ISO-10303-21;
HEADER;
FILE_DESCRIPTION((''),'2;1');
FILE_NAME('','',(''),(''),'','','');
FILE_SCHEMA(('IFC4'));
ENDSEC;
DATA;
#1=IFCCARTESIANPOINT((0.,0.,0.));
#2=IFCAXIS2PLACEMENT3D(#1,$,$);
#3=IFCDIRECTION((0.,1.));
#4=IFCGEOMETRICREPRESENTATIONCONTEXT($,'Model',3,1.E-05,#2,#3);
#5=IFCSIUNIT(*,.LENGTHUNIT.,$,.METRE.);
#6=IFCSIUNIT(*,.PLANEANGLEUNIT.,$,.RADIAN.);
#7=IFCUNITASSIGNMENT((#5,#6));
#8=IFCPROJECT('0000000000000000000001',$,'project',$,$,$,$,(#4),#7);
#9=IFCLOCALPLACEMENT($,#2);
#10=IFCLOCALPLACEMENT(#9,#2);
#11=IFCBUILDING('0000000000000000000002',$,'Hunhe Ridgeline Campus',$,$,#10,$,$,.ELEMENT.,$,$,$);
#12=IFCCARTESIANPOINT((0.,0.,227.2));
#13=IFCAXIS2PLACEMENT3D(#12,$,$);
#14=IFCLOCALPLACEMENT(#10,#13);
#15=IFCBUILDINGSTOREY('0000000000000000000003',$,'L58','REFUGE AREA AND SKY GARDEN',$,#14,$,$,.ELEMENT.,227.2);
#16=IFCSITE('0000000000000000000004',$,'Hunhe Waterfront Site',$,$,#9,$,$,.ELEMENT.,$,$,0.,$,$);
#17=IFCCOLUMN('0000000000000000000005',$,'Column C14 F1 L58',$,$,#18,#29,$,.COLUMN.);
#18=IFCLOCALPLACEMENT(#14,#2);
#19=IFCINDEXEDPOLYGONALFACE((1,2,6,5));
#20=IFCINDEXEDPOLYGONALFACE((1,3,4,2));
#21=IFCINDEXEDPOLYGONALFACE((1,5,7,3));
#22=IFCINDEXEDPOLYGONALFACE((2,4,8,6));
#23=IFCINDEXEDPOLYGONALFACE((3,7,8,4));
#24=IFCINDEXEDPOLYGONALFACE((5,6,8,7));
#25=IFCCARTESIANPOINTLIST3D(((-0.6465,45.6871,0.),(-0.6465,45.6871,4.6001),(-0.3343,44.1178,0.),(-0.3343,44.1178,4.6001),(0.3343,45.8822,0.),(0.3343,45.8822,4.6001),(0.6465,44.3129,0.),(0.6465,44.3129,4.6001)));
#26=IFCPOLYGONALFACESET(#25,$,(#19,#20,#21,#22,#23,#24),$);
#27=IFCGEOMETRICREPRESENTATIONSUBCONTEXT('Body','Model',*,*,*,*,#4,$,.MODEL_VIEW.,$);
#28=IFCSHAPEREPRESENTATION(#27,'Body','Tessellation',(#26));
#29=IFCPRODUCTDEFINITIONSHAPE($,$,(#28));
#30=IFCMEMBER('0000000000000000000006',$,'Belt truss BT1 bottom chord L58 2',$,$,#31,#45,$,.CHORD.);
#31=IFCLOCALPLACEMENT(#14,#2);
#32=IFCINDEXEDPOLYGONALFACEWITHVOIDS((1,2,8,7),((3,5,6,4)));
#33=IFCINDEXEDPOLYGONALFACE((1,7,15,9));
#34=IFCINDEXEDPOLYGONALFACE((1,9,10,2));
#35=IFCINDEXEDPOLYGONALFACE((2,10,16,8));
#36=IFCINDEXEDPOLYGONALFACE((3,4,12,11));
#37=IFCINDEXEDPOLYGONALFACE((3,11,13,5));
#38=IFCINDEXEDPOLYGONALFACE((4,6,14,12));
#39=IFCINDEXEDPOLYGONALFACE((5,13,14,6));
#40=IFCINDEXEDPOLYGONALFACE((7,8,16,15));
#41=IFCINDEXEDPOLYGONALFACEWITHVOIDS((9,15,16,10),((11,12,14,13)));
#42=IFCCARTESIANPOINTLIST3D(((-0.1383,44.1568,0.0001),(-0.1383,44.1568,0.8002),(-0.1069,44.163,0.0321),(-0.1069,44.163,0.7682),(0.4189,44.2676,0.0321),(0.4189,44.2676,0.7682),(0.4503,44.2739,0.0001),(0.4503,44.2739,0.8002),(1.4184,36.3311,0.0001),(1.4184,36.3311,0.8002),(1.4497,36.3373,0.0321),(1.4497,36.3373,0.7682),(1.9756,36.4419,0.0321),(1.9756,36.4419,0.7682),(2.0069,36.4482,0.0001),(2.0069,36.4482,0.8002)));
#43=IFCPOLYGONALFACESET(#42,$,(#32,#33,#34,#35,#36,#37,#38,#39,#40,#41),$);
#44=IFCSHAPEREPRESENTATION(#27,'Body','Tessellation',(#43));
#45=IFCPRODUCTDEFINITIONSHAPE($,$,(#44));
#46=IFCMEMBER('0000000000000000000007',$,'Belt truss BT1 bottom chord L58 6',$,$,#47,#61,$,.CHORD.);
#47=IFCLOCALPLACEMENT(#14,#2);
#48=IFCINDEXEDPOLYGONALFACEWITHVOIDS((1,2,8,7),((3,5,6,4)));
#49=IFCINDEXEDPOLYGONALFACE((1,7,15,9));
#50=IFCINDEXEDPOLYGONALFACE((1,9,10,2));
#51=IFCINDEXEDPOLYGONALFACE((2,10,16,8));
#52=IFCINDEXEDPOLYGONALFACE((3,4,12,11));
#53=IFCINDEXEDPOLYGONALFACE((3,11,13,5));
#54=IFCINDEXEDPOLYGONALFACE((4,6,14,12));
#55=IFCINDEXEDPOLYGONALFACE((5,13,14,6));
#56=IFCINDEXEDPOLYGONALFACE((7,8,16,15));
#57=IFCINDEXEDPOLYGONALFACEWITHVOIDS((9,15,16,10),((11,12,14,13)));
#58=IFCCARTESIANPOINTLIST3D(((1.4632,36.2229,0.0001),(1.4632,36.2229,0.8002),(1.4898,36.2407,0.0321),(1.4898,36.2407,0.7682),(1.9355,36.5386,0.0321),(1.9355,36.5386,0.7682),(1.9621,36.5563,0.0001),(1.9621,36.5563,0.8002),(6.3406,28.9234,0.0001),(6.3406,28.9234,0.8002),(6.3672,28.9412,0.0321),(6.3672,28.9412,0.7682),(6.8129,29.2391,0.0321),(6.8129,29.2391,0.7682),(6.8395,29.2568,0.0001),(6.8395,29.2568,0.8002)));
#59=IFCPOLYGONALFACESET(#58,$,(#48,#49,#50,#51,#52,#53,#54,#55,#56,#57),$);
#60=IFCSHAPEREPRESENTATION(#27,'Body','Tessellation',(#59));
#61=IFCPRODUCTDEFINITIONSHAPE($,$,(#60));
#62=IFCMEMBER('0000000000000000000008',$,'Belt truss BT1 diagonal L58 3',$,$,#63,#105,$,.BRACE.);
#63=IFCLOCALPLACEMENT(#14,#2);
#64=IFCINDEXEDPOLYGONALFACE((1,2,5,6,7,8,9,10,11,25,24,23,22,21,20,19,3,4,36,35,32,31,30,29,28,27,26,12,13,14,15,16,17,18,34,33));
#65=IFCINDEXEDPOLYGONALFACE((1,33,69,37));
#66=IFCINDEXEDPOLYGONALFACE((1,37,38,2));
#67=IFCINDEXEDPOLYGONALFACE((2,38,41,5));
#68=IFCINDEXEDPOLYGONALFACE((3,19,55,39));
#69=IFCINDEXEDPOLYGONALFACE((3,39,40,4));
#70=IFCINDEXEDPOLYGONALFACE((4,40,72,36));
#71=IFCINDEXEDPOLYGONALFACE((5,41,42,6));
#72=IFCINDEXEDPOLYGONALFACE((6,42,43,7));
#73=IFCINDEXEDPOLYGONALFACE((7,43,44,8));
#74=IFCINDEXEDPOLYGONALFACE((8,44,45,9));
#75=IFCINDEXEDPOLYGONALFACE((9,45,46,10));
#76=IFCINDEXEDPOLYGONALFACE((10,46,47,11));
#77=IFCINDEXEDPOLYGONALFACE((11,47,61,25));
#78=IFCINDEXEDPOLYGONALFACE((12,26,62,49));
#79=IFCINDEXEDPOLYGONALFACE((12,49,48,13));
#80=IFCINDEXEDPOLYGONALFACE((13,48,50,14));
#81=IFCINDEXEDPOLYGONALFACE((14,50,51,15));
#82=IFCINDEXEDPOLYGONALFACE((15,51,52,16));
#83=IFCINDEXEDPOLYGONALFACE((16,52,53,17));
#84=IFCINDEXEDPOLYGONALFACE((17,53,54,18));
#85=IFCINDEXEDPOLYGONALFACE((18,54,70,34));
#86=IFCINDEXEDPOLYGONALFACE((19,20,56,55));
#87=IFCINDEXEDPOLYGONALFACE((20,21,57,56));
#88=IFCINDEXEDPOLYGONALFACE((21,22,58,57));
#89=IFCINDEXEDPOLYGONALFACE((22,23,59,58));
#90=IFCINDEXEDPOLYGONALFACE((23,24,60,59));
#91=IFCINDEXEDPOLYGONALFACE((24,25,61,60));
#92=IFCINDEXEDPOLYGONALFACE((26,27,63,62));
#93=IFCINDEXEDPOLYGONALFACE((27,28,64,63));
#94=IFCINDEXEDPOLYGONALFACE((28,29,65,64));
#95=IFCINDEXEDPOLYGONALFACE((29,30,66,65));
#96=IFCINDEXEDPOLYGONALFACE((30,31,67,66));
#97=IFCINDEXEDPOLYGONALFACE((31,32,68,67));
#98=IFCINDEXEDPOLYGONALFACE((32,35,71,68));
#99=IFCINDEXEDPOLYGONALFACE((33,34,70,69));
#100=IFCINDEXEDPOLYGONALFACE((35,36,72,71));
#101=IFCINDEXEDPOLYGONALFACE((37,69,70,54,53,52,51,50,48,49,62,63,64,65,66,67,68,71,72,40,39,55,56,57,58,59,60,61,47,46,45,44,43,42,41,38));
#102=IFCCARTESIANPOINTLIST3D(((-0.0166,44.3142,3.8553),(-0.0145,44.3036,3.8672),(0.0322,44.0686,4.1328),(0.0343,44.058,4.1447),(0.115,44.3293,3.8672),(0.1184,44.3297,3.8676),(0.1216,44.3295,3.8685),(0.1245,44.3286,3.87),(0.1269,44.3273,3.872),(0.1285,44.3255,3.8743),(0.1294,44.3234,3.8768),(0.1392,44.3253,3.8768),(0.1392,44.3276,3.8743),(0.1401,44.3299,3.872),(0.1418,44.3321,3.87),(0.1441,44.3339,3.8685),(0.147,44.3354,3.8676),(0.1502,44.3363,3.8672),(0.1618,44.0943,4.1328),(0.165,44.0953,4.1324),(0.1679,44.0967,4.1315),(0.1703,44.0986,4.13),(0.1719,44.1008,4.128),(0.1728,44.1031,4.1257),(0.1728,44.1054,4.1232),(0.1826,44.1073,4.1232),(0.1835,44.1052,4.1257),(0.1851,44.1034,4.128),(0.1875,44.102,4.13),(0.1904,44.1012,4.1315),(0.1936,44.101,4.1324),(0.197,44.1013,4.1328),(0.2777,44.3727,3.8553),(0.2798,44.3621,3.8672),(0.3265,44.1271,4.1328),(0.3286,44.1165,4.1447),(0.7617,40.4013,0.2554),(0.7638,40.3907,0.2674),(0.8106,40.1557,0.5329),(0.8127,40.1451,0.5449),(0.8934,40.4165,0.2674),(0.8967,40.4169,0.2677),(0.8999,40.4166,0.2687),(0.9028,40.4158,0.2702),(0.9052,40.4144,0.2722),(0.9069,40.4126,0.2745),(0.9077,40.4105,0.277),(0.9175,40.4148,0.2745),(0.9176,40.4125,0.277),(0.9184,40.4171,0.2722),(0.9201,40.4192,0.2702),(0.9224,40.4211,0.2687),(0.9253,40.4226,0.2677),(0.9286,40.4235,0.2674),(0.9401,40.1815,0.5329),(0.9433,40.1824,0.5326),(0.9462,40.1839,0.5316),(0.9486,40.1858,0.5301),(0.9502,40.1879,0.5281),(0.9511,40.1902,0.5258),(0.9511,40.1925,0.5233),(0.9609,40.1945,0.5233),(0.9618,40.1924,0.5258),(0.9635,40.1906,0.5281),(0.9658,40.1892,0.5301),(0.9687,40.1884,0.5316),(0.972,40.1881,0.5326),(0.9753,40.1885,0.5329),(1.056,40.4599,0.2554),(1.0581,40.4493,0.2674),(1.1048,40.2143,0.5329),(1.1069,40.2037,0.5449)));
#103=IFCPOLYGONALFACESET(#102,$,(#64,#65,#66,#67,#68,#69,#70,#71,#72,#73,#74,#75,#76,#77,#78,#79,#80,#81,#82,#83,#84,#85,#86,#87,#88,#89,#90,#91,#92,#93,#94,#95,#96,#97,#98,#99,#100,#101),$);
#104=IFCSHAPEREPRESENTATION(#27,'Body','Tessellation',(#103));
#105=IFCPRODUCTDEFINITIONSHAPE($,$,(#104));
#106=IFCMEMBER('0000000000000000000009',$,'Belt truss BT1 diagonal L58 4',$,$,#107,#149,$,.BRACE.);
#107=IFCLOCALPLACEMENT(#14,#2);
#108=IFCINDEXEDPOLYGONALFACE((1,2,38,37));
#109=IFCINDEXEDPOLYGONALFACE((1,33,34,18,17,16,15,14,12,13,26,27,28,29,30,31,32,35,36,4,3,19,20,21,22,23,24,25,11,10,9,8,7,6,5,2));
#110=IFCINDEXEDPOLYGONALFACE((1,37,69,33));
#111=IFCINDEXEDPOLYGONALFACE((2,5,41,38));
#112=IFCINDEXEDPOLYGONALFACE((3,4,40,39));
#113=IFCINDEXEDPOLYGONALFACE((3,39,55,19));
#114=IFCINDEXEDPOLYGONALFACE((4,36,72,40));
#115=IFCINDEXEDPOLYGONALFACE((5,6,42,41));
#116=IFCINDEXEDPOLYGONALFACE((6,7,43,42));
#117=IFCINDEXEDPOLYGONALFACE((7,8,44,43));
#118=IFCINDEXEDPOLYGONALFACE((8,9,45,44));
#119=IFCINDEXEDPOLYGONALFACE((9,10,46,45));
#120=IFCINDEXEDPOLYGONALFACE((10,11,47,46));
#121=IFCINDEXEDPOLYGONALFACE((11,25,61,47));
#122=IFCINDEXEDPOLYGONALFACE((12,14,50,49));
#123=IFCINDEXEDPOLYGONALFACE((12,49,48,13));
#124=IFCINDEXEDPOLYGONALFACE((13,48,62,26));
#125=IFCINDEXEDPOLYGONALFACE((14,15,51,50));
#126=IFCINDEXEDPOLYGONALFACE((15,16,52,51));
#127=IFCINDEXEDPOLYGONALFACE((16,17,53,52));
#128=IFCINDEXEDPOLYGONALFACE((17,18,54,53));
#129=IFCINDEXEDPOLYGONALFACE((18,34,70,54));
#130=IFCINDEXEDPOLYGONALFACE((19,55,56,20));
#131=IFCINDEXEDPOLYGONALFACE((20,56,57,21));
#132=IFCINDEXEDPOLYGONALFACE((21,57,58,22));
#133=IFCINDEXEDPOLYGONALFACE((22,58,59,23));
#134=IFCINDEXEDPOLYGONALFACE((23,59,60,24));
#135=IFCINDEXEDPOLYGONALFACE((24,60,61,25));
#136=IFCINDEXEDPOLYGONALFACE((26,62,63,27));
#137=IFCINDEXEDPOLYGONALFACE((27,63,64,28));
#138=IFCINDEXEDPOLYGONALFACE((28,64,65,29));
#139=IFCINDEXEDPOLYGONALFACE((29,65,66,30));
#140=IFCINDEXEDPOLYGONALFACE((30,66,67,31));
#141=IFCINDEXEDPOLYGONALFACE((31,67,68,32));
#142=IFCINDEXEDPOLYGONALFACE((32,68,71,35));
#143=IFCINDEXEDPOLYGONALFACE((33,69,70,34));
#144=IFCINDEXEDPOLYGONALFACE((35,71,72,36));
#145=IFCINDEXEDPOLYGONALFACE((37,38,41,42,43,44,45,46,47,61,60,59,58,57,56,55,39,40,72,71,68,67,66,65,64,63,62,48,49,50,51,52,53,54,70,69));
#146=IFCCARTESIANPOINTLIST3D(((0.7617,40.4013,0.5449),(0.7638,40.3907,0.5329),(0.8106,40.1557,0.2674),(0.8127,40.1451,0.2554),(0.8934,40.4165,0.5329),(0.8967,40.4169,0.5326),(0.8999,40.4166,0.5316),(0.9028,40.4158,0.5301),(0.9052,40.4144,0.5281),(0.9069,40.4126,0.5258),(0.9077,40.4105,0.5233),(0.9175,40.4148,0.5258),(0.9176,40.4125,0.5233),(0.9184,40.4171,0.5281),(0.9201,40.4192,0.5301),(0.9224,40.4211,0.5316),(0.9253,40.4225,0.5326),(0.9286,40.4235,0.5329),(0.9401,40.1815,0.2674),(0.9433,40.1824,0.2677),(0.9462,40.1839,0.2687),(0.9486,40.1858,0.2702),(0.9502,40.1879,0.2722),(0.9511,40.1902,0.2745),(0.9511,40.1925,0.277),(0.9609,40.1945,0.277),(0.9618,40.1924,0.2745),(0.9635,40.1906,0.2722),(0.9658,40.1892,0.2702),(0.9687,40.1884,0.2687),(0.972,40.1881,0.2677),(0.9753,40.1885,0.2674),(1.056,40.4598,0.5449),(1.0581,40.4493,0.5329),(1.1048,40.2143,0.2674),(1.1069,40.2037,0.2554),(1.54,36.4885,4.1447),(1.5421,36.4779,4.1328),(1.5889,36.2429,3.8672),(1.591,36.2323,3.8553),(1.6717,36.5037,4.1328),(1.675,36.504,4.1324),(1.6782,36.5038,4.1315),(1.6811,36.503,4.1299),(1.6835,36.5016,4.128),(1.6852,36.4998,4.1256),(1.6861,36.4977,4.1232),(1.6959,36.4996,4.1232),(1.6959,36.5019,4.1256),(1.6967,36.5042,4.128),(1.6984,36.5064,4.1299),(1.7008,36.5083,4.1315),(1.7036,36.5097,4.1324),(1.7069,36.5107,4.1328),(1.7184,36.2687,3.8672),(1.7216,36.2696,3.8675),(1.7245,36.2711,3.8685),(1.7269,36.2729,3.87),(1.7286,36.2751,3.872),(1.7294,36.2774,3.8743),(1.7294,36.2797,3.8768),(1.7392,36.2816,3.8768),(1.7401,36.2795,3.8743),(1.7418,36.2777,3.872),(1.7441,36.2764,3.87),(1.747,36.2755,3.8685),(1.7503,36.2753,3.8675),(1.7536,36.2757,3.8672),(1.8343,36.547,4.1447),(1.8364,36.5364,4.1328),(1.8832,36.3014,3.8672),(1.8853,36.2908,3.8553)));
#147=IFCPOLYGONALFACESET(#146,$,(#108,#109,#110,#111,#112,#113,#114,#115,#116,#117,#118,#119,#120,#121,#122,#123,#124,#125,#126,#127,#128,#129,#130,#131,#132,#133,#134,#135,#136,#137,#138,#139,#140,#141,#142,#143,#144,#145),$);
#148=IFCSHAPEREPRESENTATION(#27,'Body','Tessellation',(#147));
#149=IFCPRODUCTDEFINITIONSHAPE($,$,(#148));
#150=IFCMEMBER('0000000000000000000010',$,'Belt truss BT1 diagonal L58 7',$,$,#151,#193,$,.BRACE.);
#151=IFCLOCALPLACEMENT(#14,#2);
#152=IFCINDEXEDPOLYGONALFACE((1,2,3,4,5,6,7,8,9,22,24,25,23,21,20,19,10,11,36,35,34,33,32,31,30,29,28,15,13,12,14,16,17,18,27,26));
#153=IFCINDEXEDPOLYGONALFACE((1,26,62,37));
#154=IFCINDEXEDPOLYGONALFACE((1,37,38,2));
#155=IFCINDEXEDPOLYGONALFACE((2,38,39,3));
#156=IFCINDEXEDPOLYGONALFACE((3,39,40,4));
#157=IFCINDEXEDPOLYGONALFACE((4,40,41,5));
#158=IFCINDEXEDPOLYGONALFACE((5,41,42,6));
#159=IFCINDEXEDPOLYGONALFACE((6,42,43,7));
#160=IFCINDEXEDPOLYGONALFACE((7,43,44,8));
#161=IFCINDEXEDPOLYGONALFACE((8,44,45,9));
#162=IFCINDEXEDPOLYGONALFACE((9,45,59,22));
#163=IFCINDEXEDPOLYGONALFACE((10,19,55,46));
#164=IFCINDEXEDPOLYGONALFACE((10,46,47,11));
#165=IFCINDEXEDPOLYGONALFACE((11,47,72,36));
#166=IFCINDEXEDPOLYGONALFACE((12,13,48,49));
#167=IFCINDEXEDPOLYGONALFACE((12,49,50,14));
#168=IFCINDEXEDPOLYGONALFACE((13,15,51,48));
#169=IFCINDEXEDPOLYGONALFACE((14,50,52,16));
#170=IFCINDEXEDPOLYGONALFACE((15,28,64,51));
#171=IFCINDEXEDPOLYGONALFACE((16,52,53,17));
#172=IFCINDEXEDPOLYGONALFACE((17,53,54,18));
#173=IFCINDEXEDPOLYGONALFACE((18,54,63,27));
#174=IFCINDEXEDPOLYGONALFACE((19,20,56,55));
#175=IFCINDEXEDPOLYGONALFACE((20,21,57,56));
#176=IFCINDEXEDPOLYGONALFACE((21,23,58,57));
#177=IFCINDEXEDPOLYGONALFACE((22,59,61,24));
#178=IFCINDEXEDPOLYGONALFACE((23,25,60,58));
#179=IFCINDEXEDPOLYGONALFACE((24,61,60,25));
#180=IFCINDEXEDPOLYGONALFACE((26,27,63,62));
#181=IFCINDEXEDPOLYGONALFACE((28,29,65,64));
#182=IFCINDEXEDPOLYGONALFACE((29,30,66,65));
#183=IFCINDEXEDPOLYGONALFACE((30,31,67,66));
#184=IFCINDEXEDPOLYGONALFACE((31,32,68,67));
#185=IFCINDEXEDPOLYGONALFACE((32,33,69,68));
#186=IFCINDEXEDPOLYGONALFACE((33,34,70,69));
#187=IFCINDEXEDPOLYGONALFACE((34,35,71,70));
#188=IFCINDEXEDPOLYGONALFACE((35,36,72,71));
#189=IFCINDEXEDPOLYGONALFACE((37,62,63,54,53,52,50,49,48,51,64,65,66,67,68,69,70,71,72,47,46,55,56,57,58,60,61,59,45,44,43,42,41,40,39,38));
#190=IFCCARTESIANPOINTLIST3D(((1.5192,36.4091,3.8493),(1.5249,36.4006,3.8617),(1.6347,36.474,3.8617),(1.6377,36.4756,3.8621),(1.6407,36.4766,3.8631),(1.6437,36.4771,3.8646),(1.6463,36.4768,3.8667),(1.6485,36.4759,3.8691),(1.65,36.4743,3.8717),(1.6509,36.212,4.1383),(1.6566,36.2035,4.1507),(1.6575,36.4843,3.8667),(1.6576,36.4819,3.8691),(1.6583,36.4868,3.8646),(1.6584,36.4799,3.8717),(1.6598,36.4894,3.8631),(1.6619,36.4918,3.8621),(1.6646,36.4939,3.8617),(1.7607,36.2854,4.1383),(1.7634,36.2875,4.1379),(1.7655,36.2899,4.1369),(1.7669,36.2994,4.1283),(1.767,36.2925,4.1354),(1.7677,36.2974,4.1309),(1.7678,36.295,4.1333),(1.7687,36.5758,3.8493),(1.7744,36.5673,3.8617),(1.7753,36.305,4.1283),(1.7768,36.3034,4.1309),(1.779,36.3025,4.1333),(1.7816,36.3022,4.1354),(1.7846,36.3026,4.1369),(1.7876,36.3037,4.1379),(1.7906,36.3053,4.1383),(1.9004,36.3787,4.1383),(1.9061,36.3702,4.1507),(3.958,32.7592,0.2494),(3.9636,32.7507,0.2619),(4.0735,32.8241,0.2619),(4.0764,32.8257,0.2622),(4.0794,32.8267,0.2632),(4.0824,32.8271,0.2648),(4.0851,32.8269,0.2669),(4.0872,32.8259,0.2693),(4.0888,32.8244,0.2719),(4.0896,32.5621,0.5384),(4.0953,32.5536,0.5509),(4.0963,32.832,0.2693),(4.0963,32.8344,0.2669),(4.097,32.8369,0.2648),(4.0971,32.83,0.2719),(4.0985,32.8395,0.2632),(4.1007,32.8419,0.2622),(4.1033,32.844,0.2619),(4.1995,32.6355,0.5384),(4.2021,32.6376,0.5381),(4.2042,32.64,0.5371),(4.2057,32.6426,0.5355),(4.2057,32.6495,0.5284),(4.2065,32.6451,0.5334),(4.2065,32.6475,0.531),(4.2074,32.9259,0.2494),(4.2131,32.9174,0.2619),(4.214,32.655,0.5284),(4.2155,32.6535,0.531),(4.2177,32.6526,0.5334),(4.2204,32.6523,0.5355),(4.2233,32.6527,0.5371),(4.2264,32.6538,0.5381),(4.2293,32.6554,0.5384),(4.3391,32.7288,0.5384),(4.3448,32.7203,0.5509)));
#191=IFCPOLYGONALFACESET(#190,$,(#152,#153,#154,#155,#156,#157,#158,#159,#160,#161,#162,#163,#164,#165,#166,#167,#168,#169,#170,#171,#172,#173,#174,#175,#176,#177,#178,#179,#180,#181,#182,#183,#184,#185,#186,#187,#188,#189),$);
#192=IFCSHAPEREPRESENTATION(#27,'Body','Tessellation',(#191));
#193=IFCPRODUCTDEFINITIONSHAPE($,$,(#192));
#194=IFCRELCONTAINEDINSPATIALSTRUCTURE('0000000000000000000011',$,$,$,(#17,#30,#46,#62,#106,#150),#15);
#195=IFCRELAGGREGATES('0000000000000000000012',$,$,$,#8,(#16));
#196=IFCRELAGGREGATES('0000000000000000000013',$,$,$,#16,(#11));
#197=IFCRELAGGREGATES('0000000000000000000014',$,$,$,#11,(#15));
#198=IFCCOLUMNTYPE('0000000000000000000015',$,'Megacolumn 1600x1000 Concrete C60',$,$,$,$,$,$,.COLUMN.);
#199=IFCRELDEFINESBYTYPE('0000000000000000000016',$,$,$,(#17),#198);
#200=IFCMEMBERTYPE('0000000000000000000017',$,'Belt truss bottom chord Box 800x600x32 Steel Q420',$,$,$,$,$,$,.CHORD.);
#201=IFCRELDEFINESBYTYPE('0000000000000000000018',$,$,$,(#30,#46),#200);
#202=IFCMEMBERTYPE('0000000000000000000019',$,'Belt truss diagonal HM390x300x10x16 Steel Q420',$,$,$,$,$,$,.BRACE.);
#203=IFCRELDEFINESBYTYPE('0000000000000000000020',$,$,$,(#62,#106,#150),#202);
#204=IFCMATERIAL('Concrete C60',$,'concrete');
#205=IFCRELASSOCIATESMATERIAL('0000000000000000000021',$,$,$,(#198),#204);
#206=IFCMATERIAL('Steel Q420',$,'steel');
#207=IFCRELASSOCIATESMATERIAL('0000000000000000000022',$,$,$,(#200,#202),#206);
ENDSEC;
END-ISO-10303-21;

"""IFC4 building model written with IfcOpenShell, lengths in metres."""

from ifc_helpers import new_model, si_unit, direction, frame, origin, origin_2d, place, context, subcontext, project, spatial, rectangle, hollow_rectangle, i_section, extrude, material, material_profile, profile_set, type_object, element, save


model = new_model("IFC4")

# Units and contexts
model_context = context("Model", 3, precision=1e-05, world=origin(), true_north=direction((0.0, 1.0)))
body_context = subcontext(model_context, "Body", "Model", "MODEL_VIEW")
ifc_project = project(units=[si_unit("LENGTHUNIT", "METRE"), si_unit("PLANEANGLEUNIT", "RADIAN")], contexts=[model_context])

# Site, building, storey
site_placement = place(None, origin())
site = spatial("IfcSite", under=ifc_project, at=site_placement, Name="Hunhe Waterfront Site", CompositionType="ELEMENT", RefElevation=0.0)
building_placement = place(site_placement, origin())
building = spatial("IfcBuilding", under=site, at=building_placement, Name="Hunhe Ridgeline Campus", CompositionType="ELEMENT")
storey_placement = place(building_placement, frame((0.0, 0.0, 227.2)))
storey = spatial("IfcBuildingStorey", under=building, at=storey_placement, Name="L58", Description="REFUGE AREA AND SKY GARDEN", CompositionType="ELEMENT", Elevation=227.2)

# Column
ifc_material_1 = material(Name="Concrete C60", Category="concrete")
ifc_material_profile_1 = material_profile(ifc_material_1, rectangle(XDim=1.6001, YDim=1.0, at=origin_2d()))
ifc_profile_set_1 = profile_set([ifc_material_profile_1], Name="Concrete C60")
column_type = type_object("IfcColumnType", Name="Megacolumn 1600x1000 Concrete C60", PredefinedType="COLUMN", material=ifc_profile_set_1)
column_placement = place(storey_placement, frame((0.0, 45.0, 0.0), z_axis=(0.0, 0.0, 1.0), x_axis=(-0.19509, 0.980785, 0.0)))
element("IfcColumn", 1, at=column_placement, inside=storey, type_object=column_type, Name="Column C14 F1 L58", PredefinedType="COLUMN", context=body_context, shape_type="SweptSolid", body=[
    extrude(rectangle(XDim=1.6001, YDim=1.0, at=origin_2d()), origin(), (0.0, 0.0, 1.0), 4.6001),
])

# Members
ifc_material_2 = material(Name="Steel Q420", Category="steel")
ifc_material_profile_2 = material_profile(ifc_material_2, hollow_rectangle(XDim=0.6001, YDim=0.8, WallThickness=0.032, at=origin_2d()))
ifc_profile_set_2 = profile_set([ifc_material_profile_2], Name="Steel Q420")
member_type_1 = type_object("IfcMemberType", Name="Belt truss bottom chord Box 800x600x32 Steel Q420", PredefinedType="CHORD", material=ifc_profile_set_2)
member_1_placement = place(storey_placement, frame((0.156, 44.2153, 0.4001), z_axis=(0.195092, -0.980785, 0.0), x_axis=(0.980785, 0.195092, 0.0)))
element("IfcMember", 2, at=member_1_placement, inside=storey, type_object=member_type_1, Name="Belt truss BT1 bottom chord L58 2", PredefinedType="CHORD", context=body_context, shape_type="SweptSolid", body=[
    extrude(hollow_rectangle(XDim=0.6001, YDim=0.8, WallThickness=0.032, at=origin_2d()), origin(), (0.0, 0.0, 1.0), 7.979),
])
member_2_placement = place(storey_placement, frame((1.7126, 36.3896, 0.4001), z_axis=(0.555573, -0.831468, 0.0), x_axis=(0.831468, 0.555573, 0.0)))
element("IfcMember", 3, at=member_2_placement, inside=storey, type_object=member_type_1, Name="Belt truss BT1 bottom chord L58 6", PredefinedType="CHORD", context=body_context, shape_type="SweptSolid", body=[
    extrude(hollow_rectangle(XDim=0.6001, YDim=0.8, WallThickness=0.032, at=origin_2d()), origin(), (0.0, 0.0, 1.0), 8.7791),
])
ifc_material_profile_3 = material_profile(ifc_material_2, i_section(OverallWidth=0.3, OverallDepth=0.3899, WebThickness=0.01, FlangeThickness=0.0161, FilletRadius=0.0129, at=origin_2d()))
ifc_profile_set_3 = profile_set([ifc_material_profile_3], Name="Steel Q420")
member_type_2 = type_object("IfcMemberType", Name="Belt truss diagonal HM390x300x10x16 Steel Q420", PredefinedType="BRACE", material=ifc_profile_set_3)
for number, where, z_axis, x_axis, name in (
    (4, (0.156, 44.2153, 4.0), (0.144843, -0.728167, -0.669921), (0.980785, 0.195092, 0.0), "Belt truss BT1 diagonal L58 3"),
    (5, (0.9343, 40.3025, 0.4001), (0.144843, -0.728167, 0.669921), (0.980785, 0.195092, 0.0), "Belt truss BT1 diagonal L58 4"),
):
    element("IfcMember", number, at=place(storey_placement, frame(where, z_axis=z_axis, x_axis=x_axis)), inside=storey, type_object=member_type_2, Name=name, PredefinedType="BRACE", context=body_context, shape_type="SweptSolid", body=[
        extrude(i_section(OverallWidth=0.3, OverallDepth=0.3899, WebThickness=0.01, FlangeThickness=0.0161, FilletRadius=0.0129, at=origin_2d()), origin(), (0.0, 0.0, 1.0), 5.3735),
    ])
member_3_placement = place(storey_placement, frame((1.7126, 36.3896, 4.0), z_axis=(0.429581, -0.64293, -0.634114), x_axis=(0.831477, 0.55556, 0.0)))
element("IfcMember", 6, at=member_3_placement, inside=storey, type_object=member_type_2, Name="Belt truss BT1 diagonal L58 7", PredefinedType="BRACE", context=body_context, shape_type="SweptSolid", body=[
    extrude(i_section(OverallWidth=0.3, OverallDepth=0.3899, WebThickness=0.01, FlangeThickness=0.0161, FilletRadius=0.0129, at=origin_2d()), origin(), (0.0, 0.0, 1.0), 5.677),
])

save(model, "model.ifc")
